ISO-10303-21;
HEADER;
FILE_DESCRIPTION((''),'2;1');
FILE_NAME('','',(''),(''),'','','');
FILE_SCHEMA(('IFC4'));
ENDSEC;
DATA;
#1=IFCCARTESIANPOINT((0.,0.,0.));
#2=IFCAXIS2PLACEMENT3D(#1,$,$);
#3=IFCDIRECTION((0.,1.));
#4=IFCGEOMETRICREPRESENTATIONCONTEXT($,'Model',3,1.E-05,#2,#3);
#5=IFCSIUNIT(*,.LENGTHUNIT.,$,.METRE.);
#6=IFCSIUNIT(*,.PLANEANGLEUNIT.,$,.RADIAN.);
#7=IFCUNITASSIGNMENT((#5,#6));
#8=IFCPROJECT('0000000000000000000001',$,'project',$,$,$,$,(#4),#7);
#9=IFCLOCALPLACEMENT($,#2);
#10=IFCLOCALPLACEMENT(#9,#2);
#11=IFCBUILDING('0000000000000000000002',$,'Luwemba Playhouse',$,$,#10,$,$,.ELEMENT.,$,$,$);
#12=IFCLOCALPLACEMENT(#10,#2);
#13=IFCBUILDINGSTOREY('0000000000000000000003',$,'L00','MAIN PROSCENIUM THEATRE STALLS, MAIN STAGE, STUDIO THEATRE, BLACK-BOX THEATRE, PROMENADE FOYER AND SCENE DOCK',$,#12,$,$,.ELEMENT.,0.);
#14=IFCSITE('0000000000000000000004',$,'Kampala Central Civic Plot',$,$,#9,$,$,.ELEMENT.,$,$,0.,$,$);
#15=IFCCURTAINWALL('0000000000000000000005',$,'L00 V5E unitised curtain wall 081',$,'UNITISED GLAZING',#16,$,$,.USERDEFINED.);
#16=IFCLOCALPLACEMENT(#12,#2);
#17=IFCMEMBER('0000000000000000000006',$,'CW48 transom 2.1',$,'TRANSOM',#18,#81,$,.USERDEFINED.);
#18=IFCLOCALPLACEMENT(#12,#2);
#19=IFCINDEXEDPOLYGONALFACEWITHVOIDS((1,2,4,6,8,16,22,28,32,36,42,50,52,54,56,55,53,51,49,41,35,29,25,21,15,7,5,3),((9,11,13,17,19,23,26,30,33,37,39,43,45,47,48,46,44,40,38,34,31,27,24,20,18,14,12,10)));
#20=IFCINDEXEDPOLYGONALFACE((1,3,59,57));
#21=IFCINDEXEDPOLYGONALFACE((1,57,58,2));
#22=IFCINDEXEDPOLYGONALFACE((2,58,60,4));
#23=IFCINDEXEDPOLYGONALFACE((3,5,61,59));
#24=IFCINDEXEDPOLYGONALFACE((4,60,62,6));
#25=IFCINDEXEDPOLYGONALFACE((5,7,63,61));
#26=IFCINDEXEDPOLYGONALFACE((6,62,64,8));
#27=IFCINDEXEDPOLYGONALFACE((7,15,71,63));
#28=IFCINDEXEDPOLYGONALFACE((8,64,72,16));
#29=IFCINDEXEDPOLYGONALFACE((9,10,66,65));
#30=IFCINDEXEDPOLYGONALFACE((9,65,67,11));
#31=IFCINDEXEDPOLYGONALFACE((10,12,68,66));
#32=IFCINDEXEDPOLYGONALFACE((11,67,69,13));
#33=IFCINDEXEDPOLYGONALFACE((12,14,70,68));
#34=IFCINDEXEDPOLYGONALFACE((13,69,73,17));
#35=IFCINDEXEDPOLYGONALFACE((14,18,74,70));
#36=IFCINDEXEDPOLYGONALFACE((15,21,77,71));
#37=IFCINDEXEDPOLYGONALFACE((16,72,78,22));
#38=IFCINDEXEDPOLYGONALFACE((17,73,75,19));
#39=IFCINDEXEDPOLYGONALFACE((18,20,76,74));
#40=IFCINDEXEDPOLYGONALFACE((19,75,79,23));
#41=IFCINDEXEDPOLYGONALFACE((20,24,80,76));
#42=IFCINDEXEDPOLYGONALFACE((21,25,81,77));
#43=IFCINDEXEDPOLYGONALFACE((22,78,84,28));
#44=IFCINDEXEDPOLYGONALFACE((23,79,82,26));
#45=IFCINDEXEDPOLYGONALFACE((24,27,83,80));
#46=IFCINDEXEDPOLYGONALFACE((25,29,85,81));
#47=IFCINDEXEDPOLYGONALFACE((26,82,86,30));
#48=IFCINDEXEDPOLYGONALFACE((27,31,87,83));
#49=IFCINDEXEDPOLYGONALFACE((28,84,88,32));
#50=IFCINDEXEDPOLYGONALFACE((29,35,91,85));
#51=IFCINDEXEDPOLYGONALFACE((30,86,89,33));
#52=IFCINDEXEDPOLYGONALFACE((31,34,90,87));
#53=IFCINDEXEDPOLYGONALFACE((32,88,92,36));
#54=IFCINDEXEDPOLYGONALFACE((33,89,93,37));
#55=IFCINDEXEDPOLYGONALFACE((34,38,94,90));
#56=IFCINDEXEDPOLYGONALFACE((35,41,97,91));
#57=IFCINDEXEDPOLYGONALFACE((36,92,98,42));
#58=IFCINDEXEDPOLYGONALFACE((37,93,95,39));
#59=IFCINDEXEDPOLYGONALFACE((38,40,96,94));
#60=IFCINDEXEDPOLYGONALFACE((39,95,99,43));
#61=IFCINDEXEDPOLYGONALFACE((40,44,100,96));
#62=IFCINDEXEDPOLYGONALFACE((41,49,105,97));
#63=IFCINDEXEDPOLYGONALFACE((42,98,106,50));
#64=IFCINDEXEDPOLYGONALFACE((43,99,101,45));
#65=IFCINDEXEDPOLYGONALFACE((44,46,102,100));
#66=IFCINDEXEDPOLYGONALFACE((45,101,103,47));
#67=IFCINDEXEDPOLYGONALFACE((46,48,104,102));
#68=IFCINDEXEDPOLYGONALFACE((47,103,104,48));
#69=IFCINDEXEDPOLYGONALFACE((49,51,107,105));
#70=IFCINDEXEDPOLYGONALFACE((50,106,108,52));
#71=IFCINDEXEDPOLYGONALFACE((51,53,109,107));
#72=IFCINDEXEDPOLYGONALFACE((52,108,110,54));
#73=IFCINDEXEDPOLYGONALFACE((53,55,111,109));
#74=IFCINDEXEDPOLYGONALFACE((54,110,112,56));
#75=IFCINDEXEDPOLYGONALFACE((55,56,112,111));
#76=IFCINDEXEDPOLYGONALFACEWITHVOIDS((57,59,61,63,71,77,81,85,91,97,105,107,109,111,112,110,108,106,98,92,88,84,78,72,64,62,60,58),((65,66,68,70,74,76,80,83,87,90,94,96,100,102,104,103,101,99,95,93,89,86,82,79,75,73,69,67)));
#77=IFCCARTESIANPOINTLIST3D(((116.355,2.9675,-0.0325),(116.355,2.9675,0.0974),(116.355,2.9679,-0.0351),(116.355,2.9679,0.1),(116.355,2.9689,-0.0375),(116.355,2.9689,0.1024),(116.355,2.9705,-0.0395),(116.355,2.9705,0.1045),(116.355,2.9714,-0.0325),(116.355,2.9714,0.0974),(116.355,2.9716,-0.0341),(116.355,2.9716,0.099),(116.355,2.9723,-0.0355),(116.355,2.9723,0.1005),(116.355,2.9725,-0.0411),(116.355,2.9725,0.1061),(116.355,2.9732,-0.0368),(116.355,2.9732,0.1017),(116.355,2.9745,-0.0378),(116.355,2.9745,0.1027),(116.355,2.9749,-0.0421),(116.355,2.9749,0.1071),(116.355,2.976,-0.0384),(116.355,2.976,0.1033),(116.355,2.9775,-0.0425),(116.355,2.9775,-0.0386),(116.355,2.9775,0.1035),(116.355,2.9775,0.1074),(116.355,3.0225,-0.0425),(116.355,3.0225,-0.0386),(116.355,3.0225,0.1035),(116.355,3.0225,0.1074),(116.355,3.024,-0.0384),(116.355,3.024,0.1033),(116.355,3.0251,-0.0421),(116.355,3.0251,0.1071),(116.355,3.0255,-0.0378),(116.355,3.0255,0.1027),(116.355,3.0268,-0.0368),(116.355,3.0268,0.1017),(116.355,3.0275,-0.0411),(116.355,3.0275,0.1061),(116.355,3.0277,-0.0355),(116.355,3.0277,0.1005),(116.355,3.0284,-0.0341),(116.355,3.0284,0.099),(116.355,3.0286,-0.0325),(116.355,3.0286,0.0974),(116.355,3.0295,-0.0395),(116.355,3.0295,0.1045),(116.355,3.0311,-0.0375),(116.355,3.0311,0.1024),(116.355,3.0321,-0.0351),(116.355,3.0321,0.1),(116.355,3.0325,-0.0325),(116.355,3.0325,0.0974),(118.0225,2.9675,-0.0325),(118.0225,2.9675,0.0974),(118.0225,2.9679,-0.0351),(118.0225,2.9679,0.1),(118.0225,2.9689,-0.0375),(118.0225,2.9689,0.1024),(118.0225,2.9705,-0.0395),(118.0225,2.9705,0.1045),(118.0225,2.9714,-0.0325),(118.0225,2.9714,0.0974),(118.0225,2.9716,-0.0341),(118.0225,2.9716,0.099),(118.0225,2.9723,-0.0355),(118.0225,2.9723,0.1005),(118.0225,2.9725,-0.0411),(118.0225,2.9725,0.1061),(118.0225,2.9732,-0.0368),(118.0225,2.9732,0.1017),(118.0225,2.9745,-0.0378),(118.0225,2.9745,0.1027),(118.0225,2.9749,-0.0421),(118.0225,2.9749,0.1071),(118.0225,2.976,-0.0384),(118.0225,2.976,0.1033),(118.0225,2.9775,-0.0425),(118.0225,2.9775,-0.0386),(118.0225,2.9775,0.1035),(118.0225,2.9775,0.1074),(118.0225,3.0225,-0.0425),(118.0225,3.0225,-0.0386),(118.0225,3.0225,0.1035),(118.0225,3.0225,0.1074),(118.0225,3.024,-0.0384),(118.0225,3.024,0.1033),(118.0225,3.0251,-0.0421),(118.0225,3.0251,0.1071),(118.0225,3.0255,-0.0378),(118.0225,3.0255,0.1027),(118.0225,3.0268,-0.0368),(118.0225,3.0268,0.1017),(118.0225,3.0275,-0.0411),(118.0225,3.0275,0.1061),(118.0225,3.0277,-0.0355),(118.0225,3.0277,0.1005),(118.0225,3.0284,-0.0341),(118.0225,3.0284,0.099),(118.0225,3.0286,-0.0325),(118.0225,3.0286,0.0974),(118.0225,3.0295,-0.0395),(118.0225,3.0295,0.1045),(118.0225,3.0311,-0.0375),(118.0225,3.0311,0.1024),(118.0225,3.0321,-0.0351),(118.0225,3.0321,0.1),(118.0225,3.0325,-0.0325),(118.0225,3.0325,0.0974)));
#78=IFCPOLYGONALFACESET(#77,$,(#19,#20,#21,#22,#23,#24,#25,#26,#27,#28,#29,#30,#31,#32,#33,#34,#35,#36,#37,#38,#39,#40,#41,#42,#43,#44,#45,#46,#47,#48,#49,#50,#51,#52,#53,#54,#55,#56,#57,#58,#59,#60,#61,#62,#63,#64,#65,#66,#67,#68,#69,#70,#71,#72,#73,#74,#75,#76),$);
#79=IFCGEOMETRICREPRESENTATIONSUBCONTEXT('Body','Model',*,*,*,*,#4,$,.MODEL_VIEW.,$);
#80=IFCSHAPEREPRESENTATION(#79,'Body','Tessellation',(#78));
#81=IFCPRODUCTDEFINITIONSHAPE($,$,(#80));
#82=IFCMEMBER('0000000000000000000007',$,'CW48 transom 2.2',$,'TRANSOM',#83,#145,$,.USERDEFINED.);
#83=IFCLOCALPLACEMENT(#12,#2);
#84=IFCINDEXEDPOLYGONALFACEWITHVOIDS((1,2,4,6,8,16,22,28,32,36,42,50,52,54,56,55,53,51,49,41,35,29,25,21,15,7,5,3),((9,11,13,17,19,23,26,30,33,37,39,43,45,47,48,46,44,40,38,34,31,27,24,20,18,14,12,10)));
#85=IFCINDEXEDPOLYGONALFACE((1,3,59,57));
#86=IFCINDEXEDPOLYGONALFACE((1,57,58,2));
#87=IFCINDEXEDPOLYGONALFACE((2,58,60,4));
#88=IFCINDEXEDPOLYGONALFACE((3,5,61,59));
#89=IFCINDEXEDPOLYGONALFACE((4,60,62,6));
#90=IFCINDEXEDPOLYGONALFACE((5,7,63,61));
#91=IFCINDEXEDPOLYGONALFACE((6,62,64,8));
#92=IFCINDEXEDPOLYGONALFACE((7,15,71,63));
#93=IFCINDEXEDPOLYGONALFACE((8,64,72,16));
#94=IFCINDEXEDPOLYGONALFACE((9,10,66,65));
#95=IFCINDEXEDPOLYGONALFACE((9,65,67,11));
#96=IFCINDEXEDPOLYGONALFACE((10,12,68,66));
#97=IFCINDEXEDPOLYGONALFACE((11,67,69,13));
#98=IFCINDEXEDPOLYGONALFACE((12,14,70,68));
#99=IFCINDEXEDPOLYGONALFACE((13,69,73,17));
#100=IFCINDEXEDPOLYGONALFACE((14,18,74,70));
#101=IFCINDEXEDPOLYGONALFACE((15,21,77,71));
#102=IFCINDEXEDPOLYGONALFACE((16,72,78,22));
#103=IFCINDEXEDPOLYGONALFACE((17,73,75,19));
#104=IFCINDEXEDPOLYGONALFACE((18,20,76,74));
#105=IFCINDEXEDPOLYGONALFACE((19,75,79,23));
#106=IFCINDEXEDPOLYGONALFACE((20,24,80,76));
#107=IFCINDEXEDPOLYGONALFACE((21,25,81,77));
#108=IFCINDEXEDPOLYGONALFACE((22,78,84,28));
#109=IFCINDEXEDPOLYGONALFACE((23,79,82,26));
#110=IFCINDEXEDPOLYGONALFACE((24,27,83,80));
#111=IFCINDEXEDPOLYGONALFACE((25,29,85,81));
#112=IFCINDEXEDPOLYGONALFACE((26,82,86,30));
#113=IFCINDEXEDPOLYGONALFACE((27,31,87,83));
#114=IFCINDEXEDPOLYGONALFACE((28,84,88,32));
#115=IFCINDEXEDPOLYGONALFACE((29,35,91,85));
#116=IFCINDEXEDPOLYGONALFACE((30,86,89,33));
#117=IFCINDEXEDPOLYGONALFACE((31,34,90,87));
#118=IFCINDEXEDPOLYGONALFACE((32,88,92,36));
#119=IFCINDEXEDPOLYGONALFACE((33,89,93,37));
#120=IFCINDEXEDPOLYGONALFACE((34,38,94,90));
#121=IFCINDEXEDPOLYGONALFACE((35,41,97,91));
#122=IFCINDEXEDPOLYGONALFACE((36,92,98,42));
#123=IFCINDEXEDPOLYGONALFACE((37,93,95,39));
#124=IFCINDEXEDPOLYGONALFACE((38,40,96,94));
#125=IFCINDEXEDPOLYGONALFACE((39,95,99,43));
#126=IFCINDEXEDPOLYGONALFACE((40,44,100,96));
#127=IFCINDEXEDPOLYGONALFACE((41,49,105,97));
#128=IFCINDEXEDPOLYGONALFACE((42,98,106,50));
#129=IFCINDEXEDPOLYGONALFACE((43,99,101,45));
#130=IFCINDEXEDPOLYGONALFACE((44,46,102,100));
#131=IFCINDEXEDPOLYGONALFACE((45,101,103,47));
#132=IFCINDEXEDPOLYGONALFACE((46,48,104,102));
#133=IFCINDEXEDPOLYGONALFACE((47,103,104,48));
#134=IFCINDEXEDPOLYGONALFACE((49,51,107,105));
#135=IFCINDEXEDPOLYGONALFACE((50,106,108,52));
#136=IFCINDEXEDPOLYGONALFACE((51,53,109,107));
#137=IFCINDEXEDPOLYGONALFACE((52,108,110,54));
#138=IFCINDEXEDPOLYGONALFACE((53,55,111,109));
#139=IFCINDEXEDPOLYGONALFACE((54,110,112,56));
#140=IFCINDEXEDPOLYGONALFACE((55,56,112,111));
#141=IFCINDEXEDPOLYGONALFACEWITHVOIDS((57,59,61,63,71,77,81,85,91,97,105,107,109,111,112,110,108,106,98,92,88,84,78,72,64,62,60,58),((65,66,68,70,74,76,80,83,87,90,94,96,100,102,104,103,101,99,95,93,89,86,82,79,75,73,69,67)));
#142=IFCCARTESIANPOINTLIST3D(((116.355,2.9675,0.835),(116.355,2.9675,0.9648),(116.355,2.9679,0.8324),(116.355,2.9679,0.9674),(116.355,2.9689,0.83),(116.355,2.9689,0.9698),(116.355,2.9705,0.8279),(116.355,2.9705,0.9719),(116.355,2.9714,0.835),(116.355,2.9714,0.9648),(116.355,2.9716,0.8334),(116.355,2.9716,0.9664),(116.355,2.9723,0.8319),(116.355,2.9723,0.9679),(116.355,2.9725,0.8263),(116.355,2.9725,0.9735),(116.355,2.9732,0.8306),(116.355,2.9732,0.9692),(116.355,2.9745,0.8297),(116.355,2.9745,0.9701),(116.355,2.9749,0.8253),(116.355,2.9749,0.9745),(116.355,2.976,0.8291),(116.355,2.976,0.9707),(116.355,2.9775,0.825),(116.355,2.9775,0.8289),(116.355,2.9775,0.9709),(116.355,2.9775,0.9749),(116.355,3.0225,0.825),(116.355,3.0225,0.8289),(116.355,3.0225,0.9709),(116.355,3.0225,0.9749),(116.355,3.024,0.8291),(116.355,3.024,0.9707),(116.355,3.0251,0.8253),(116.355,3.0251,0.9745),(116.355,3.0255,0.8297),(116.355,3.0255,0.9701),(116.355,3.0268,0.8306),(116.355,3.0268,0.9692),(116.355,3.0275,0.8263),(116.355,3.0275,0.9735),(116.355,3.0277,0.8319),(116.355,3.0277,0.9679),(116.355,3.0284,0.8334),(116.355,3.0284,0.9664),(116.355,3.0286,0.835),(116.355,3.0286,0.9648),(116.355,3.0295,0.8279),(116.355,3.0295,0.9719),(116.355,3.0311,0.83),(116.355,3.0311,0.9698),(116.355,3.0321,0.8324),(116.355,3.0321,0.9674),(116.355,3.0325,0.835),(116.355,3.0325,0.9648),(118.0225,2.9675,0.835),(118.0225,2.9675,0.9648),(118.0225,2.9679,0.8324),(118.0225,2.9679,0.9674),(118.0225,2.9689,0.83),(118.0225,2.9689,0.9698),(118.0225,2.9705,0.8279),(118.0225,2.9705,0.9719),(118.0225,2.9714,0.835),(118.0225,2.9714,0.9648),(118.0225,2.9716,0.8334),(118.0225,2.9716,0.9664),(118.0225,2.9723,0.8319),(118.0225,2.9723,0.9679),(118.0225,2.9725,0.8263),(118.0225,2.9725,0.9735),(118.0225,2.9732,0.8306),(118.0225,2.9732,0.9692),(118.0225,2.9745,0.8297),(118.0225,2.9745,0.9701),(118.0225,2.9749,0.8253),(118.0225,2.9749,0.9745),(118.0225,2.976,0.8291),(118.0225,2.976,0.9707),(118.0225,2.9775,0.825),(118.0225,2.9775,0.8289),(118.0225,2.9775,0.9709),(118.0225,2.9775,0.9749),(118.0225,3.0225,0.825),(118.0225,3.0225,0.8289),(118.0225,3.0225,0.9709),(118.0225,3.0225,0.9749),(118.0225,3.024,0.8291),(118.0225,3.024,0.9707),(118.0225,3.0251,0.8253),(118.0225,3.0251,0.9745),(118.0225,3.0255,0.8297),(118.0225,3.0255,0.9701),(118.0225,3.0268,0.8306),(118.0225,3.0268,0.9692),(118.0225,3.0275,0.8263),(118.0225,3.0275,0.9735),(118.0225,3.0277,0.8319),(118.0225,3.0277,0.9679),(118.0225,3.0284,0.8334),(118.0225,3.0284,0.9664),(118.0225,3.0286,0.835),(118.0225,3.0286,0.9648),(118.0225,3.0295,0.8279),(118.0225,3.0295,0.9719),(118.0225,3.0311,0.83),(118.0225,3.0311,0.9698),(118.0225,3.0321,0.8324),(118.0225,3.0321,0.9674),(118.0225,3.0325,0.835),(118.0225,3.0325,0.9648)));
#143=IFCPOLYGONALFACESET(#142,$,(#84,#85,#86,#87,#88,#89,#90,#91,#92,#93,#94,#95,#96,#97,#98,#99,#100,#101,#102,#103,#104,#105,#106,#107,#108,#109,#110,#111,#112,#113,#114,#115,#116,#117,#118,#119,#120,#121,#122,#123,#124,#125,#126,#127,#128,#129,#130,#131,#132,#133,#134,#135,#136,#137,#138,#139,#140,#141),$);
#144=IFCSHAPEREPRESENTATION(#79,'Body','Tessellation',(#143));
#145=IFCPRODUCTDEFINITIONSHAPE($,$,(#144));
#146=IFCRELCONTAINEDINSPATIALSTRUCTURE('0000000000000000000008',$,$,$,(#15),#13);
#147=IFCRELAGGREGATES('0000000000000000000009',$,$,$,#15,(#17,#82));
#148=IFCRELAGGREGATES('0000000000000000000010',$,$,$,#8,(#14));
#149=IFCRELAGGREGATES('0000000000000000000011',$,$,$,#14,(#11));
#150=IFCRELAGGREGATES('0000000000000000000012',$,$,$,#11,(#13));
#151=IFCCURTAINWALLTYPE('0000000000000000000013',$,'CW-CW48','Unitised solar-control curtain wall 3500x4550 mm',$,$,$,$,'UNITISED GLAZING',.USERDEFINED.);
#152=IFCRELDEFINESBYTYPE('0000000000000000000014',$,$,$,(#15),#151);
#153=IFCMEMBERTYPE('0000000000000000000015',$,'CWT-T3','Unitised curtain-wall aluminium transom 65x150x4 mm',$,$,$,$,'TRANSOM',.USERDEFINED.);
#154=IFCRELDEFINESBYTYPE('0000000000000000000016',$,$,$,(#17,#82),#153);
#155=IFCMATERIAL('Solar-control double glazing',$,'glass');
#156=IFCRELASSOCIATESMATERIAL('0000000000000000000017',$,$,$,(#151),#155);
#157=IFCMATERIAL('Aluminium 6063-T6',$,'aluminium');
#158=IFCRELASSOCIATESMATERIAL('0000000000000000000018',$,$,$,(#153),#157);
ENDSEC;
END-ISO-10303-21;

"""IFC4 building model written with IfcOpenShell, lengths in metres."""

from ifc_helpers import new_model, si_unit, direction, frame, origin, origin_2d, place, context, subcontext, project, spatial, hollow_rectangle, extrude, material, material_profile, profile_set, type_object, element, aggregate, save


model = new_model("IFC4")

# Units and contexts
model_context = context("Model", 3, precision=1e-05, world=origin(), true_north=direction((0.0, 1.0)))
body_context = subcontext(model_context, "Body", "Model", "MODEL_VIEW")
ifc_project = project(units=[si_unit("LENGTHUNIT", "METRE"), si_unit("PLANEANGLEUNIT", "RADIAN")], contexts=[model_context])

# Site, building, storey
site_placement = place(None, origin())
site = spatial("IfcSite", under=ifc_project, at=site_placement, Name="Kampala Central Civic Plot", CompositionType="ELEMENT", RefElevation=0.0)
building_placement = place(site_placement, origin())
building = spatial("IfcBuilding", under=site, at=building_placement, Name="Luwemba Playhouse", CompositionType="ELEMENT")
storey_placement = place(building_placement, origin())
storey = spatial("IfcBuildingStorey", under=building, at=storey_placement, Name="L00", Description="MAIN PROSCENIUM THEATRE STALLS, MAIN STAGE, STUDIO THEATRE, BLACK-BOX THEATRE, PROMENADE FOYER AND SCENE DOCK", CompositionType="ELEMENT", Elevation=0.0)

# Shared definitions
ifc_material_1 = material(Name="Solar-control double glazing", Category="glass")
ifc_material_2 = material(Name="Aluminium 6063-T6", Category="aluminium")

# Curtain wall
curtain_wall_type_1 = type_object("IfcCurtainWallType", Name="CW-CW48", Description="Unitised solar-control curtain wall 3500x4550 mm", ElementType="UNITISED GLAZING", PredefinedType="USERDEFINED", material=ifc_material_1)
curtain_wall_1_placement = place(storey_placement, origin())
curtain_wall_1 = element("IfcCurtainWall", 1, at=curtain_wall_1_placement, inside=storey, type_object=curtain_wall_type_1, Name="L00 V5E unitised curtain wall 081", ObjectType="UNITISED GLAZING", PredefinedType="USERDEFINED")

# Members
ifc_material_profile_1 = material_profile(ifc_material_2, hollow_rectangle(XDim=0.0649, YDim=0.1499, WallThickness=0.0039, InnerFilletRadius=0.0061, OuterFilletRadius=0.01, at=origin_2d()))
ifc_profile_set_1 = profile_set([ifc_material_profile_1], Name="Aluminium 6063-T6")
member_type_1 = type_object("IfcMemberType", Name="CWT-T3", Description="Unitised curtain-wall aluminium transom 65x150x4 mm", ElementType="TRANSOM", PredefinedType="USERDEFINED", material=ifc_profile_set_1)
member_1_placement = place(storey_placement, frame((118.0225, 3.0, 0.0325), z_axis=(-1.0, 0.0, 0.0), x_axis=(0.0, -1.0, 0.0)))
member_1 = element("IfcMember", 2, at=member_1_placement, type_object=member_type_1, Name="CW48 transom 2.1", ObjectType="TRANSOM", PredefinedType="USERDEFINED", context=body_context, shape_type="SweptSolid", body=[
    extrude(hollow_rectangle(XDim=0.0649, YDim=0.1499, WallThickness=0.0039, InnerFilletRadius=0.0061, OuterFilletRadius=0.01, at=origin_2d()), origin(), (0.0, 0.0, 1.0), 1.6675),
])
member_2_placement = place(storey_placement, frame((118.0225, 3.0, 0.8999), z_axis=(-1.0, 0.0, 0.0), x_axis=(0.0, -1.0, 0.0)))
member_2 = element("IfcMember", 3, at=member_2_placement, type_object=member_type_1, Name="CW48 transom 2.2", ObjectType="TRANSOM", PredefinedType="USERDEFINED", context=body_context, shape_type="SweptSolid", body=[
    extrude(hollow_rectangle(XDim=0.0649, YDim=0.1499, WallThickness=0.0039, InnerFilletRadius=0.0061, OuterFilletRadius=0.01, at=origin_2d()), origin(), (0.0, 0.0, 1.0), 1.6675),
])

aggregate(curtain_wall_1, [member_1, member_2])

save(model, "model.ifc")
